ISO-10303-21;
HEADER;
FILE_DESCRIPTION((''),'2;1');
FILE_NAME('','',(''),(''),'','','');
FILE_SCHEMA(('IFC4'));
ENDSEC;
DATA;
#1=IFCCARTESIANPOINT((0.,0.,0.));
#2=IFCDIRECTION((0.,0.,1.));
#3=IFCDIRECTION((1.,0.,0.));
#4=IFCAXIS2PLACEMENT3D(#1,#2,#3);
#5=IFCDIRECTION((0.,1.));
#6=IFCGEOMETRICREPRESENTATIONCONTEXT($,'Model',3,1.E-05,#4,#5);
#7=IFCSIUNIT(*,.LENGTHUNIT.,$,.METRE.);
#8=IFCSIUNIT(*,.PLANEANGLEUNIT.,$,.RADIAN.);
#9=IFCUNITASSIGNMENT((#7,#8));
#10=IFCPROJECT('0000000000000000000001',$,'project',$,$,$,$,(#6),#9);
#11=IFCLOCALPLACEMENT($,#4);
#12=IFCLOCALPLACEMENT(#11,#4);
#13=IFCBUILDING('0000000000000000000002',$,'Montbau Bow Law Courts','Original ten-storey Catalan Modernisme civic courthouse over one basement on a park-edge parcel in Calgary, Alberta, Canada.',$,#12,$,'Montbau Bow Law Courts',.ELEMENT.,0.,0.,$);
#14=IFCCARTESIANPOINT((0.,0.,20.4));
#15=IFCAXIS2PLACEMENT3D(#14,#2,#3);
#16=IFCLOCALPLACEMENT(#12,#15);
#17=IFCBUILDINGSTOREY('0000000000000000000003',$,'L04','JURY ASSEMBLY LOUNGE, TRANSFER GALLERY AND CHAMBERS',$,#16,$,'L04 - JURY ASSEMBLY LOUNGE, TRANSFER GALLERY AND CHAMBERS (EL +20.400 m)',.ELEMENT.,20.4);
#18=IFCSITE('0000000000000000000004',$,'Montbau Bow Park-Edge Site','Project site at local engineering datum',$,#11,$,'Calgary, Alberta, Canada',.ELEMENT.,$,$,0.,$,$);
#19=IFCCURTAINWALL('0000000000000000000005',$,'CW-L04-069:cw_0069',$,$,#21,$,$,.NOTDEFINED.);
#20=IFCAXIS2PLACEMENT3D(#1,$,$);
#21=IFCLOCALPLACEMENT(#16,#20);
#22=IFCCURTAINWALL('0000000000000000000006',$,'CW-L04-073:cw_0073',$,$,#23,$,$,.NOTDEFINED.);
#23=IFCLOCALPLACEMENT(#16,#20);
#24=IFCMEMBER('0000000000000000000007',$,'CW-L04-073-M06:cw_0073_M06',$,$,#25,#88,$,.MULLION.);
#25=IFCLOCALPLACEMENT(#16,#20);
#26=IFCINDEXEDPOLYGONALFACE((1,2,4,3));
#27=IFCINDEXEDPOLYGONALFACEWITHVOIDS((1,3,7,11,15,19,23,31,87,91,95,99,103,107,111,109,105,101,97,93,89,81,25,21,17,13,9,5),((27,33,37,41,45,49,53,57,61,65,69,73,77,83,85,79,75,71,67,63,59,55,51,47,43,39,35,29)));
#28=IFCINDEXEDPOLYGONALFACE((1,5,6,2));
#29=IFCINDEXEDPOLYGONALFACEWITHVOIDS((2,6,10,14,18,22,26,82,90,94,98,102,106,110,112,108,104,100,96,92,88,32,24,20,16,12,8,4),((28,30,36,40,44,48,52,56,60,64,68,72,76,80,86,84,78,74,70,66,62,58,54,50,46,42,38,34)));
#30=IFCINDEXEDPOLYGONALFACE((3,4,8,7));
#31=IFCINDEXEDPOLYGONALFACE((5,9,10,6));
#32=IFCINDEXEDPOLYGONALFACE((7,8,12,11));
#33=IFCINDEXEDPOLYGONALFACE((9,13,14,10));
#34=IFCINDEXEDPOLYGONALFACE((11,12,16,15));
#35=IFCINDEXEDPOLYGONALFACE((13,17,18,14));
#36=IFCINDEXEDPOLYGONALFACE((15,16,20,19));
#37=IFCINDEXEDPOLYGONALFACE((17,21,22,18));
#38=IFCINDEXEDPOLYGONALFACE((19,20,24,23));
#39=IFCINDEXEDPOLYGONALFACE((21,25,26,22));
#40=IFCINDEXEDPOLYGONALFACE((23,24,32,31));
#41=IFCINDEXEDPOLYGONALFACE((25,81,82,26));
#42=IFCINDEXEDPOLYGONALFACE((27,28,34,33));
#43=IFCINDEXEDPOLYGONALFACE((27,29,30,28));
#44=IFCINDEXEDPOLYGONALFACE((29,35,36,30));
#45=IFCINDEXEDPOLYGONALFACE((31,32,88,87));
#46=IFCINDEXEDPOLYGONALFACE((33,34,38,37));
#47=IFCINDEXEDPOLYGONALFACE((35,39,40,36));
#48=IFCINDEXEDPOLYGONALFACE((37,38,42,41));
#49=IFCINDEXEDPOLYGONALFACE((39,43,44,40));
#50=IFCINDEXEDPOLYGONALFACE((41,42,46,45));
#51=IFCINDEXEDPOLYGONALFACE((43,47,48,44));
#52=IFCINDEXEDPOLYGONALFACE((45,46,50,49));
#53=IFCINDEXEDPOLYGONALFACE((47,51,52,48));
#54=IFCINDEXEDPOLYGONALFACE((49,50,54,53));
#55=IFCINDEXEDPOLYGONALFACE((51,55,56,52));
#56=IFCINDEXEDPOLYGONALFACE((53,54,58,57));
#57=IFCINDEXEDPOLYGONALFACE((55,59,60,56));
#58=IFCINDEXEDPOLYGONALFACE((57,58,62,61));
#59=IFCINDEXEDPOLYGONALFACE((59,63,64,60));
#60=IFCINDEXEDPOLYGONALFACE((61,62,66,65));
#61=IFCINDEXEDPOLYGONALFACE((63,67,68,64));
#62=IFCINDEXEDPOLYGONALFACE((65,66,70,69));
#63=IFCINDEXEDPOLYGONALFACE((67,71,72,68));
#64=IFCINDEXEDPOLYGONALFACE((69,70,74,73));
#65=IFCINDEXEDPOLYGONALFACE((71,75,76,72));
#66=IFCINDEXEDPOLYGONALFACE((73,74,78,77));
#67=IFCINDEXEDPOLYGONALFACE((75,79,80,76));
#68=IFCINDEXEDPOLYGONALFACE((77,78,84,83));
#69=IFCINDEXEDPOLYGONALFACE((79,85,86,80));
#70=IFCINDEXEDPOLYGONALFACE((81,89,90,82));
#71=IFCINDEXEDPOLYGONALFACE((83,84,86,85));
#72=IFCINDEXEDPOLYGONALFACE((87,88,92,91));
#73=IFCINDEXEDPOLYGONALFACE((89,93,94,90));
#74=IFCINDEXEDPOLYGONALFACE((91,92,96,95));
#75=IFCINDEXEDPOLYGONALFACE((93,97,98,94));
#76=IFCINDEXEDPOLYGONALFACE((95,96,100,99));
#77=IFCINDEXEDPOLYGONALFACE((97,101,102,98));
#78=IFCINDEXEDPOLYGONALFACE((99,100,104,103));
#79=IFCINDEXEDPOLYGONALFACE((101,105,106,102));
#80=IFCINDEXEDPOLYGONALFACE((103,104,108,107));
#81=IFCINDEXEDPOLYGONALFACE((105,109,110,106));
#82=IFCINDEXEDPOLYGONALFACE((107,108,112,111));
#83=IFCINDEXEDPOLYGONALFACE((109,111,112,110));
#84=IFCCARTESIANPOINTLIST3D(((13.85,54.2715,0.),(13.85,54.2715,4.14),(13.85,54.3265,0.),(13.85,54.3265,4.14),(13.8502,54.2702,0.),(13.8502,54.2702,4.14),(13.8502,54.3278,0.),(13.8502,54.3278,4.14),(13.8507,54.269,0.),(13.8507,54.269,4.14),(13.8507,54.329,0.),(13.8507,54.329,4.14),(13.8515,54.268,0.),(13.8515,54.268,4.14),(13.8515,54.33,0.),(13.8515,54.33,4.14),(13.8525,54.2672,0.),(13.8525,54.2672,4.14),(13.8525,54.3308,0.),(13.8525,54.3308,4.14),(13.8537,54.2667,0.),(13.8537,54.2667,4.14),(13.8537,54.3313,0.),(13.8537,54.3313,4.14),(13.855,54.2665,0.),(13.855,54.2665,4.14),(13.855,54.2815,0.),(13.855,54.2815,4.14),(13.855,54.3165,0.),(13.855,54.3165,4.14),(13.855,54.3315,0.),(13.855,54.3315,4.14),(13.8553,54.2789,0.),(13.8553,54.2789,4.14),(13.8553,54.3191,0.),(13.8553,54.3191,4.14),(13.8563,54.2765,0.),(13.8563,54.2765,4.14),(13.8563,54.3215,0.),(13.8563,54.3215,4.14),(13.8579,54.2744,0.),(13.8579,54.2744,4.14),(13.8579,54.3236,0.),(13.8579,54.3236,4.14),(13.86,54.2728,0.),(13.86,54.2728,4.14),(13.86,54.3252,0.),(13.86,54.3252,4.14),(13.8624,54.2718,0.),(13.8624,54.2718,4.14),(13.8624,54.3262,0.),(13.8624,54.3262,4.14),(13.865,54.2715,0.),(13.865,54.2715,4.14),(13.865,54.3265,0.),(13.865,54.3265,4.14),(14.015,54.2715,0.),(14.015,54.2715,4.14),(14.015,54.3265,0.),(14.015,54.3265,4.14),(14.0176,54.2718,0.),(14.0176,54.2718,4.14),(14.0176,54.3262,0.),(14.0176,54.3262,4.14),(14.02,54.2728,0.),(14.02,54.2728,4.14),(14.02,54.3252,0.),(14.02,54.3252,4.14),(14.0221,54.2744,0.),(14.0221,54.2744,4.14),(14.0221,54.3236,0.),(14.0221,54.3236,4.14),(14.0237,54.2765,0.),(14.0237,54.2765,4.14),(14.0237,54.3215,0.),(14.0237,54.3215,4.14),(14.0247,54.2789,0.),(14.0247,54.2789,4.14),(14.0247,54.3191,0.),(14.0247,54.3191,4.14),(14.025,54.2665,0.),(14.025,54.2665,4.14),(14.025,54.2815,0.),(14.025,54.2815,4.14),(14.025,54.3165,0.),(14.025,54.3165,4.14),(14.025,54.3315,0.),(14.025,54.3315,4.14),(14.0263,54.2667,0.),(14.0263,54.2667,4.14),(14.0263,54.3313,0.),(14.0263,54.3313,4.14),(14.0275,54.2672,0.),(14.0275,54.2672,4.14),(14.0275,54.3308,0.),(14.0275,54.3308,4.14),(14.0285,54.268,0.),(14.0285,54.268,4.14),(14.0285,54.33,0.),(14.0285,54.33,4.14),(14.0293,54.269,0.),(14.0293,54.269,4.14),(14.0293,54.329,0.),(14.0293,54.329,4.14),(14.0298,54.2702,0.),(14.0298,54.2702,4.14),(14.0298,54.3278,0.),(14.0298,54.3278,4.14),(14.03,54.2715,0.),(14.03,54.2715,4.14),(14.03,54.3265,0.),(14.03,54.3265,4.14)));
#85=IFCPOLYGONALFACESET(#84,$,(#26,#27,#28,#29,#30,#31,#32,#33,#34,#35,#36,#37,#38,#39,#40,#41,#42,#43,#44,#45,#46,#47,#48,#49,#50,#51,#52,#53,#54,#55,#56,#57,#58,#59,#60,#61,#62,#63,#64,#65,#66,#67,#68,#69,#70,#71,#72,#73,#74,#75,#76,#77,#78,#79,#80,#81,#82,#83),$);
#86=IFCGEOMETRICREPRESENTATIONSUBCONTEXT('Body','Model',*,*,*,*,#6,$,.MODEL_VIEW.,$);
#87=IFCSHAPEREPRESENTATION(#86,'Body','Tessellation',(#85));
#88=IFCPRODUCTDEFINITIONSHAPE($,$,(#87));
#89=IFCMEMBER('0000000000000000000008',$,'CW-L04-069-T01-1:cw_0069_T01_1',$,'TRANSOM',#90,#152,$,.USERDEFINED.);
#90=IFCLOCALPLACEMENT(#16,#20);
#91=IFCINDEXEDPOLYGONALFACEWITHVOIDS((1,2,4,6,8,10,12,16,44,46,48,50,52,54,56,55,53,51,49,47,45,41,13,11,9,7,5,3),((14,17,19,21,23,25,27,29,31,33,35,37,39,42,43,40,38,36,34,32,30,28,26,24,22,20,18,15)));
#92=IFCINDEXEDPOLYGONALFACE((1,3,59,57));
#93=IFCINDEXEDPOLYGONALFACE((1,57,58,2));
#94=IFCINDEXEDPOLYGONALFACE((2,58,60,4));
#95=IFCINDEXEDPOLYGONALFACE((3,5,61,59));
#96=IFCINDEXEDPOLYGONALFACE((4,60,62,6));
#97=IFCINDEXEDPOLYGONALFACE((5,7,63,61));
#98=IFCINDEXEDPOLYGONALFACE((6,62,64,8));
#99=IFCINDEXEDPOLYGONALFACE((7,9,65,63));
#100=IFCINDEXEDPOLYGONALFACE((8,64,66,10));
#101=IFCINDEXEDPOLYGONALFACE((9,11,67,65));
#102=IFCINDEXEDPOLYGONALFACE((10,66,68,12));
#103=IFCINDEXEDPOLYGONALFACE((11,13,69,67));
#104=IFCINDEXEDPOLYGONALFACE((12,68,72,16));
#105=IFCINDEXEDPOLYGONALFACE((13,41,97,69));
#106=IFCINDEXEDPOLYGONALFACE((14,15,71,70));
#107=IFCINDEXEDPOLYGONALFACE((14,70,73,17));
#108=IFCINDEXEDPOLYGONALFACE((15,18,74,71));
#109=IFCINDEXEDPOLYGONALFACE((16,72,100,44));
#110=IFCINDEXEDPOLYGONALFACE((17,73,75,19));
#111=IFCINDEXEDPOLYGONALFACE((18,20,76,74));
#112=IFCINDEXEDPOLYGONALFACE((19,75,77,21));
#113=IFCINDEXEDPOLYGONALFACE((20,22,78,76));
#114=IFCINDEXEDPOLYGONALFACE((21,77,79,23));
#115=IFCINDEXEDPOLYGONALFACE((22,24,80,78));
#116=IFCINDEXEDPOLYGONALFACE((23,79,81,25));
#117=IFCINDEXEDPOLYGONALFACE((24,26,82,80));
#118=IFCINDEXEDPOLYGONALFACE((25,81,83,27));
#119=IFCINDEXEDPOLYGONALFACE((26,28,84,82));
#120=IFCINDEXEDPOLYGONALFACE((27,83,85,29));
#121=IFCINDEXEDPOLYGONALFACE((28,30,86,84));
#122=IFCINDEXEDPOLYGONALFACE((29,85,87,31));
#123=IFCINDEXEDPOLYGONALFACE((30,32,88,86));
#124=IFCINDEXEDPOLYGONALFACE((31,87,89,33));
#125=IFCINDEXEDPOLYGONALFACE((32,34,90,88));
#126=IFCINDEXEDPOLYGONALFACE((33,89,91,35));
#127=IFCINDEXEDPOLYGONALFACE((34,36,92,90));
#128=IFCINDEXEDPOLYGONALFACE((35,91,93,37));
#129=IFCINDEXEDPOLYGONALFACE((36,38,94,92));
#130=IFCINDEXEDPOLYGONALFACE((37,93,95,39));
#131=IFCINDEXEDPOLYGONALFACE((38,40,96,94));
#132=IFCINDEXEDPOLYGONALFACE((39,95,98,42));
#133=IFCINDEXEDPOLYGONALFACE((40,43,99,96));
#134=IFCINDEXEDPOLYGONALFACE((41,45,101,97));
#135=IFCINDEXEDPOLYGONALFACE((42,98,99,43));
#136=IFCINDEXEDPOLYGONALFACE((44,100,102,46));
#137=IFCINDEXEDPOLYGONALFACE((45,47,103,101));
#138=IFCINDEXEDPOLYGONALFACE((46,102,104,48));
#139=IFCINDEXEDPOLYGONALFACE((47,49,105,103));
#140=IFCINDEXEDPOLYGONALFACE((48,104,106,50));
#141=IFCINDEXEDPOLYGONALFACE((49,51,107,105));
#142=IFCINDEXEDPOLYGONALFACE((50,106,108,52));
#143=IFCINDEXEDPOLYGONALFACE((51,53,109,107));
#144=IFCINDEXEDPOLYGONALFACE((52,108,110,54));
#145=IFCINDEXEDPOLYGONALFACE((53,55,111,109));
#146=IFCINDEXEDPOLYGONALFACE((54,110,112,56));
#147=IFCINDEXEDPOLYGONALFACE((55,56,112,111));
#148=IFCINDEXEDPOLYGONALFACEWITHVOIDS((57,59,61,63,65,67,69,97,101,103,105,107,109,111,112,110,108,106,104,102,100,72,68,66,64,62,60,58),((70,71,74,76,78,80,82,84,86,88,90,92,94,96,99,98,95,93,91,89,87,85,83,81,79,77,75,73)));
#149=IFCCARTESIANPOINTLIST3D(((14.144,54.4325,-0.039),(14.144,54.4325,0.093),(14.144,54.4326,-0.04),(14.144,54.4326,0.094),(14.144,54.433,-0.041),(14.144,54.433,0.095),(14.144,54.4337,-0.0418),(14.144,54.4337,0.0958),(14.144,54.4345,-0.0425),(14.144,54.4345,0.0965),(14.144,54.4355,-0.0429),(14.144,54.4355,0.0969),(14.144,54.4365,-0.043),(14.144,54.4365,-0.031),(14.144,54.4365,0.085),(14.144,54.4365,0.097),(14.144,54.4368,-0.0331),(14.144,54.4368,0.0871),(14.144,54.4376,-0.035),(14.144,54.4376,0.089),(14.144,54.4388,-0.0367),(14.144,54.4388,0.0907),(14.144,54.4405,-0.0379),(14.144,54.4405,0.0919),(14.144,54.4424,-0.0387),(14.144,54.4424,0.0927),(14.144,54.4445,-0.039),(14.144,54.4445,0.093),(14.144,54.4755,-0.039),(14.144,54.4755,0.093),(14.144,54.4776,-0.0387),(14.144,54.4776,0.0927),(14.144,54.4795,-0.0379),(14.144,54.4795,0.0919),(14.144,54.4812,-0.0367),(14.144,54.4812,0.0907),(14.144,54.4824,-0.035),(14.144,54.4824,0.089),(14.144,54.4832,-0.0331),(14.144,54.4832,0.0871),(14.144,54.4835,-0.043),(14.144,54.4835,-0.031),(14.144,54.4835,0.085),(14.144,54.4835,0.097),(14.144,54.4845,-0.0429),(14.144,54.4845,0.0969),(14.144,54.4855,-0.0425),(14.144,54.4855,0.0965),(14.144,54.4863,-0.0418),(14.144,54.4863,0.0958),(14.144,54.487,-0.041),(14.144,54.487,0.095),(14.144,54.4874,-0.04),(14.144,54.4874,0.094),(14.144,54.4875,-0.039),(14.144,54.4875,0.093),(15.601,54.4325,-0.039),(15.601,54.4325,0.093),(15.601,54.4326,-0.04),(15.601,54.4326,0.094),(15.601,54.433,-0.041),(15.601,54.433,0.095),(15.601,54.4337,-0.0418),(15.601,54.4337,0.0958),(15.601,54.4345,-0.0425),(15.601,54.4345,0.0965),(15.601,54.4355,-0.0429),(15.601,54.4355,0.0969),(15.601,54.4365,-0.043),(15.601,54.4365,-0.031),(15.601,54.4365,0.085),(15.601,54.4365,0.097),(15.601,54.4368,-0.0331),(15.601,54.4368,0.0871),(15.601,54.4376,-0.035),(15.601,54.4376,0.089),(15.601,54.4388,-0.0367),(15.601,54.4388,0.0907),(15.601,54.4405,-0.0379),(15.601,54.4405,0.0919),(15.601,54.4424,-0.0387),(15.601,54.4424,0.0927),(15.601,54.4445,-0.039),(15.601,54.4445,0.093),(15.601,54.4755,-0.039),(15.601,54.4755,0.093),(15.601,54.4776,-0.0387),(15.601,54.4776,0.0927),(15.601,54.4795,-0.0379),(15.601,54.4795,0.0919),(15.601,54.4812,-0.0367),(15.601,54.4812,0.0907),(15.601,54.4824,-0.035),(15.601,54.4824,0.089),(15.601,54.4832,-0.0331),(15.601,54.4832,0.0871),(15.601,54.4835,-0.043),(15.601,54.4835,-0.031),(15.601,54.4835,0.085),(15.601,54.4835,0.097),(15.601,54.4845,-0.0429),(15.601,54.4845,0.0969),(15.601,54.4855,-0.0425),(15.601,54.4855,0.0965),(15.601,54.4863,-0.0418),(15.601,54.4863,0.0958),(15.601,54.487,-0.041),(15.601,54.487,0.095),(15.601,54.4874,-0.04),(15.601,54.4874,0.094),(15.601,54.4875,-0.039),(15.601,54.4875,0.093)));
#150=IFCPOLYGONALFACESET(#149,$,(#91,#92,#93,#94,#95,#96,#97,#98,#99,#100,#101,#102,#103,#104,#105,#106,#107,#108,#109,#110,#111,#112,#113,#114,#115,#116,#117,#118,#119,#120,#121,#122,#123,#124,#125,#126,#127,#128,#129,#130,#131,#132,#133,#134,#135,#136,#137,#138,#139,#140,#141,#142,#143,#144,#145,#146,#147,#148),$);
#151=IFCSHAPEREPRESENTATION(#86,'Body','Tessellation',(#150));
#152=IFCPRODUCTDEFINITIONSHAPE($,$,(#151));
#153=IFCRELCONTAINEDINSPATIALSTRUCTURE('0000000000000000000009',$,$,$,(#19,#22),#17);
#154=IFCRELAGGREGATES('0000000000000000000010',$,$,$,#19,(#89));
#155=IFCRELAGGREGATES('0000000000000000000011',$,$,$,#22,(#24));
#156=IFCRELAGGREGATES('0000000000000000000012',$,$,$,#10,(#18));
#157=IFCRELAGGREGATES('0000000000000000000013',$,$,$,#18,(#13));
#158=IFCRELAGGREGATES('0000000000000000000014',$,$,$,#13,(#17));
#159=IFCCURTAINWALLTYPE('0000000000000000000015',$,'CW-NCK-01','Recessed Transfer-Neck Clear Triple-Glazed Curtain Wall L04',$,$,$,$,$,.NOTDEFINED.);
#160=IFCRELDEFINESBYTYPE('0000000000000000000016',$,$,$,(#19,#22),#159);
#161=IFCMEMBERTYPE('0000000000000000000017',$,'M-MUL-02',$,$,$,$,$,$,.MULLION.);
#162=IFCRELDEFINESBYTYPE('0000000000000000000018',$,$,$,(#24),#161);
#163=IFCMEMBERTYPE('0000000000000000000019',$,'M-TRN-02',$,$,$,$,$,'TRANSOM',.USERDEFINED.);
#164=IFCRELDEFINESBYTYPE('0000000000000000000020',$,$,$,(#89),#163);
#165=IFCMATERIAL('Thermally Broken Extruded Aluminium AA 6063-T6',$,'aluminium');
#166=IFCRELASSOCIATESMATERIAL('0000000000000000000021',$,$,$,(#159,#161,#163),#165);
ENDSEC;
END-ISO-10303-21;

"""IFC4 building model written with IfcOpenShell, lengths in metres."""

from ifc_helpers import new_model, si_unit, direction, frame, origin_with_axes, origin_2d_with_axis, place, context, subcontext, project, spatial, hollow_rectangle, extrude, material, material_profile, profile_set, type_object, element, aggregate, save


model = new_model("IFC4")

# Units and contexts
model_context = context("Model", 3, precision=1e-05, world=origin_with_axes(), true_north=direction((0.0, 1.0)))
body_context = subcontext(model_context, "Body", "Model", "MODEL_VIEW")
ifc_project = project(units=[si_unit("LENGTHUNIT", "METRE"), si_unit("PLANEANGLEUNIT", "RADIAN")], contexts=[model_context])

# Site, building, storey
site_placement = place(None, origin_with_axes())
site = spatial("IfcSite", under=ifc_project, at=site_placement, Name="Montbau Bow Park-Edge Site", Description="Project site at local engineering datum", LongName="Calgary, Alberta, Canada", CompositionType="ELEMENT", RefElevation=0.0)
building_placement = place(site_placement, origin_with_axes())
building = spatial("IfcBuilding", under=site, at=building_placement, Name="Montbau Bow Law Courts", Description="Original ten-storey Catalan Modernisme civic courthouse over one basement on a park-edge parcel in Calgary, Alberta, Canada.", LongName="Montbau Bow Law Courts", CompositionType="ELEMENT", ElevationOfRefHeight=0.0, ElevationOfTerrain=0.0)
storey_placement = place(building_placement, frame((0.0, 0.0, 20.4), z_axis=(0.0, 0.0, 1.0), x_axis=(1.0, 0.0, 0.0)))
storey = spatial("IfcBuildingStorey", under=building, at=storey_placement, Name="L04", Description="JURY ASSEMBLY LOUNGE, TRANSFER GALLERY AND CHAMBERS", LongName="L04 - JURY ASSEMBLY LOUNGE, TRANSFER GALLERY AND CHAMBERS (EL +20.400 m)", CompositionType="ELEMENT", Elevation=20.4)

# Curtain walls, member
ifc_material_1 = material(Name="Thermally Broken Extruded Aluminium AA 6063-T6", Category="aluminium")
curtain_wall_type = type_object("IfcCurtainWallType", Name="CW-NCK-01", Description="Recessed Transfer-Neck Clear Triple-Glazed Curtain Wall L04", PredefinedType="NOTDEFINED", material=ifc_material_1)
curtain_wall_1_placement = place(None, frame((14.068, 54.46, 20.4), z_axis=(0.0, 0.0, 1.0), x_axis=(1.0, 0.0, 0.0)))
curtain_wall_1 = element("IfcCurtainWall", 1, at=curtain_wall_1_placement, inside=storey, type_object=curtain_wall_type, Name="CW-L04-069:cw_0069", PredefinedType="NOTDEFINED")
curtain_wall_2_placement = place(None, frame((13.94, 46.468, 20.4), z_axis=(0.0, 0.0, 1.0), x_axis=(1.0, 0.0, 0.0)))
curtain_wall_2 = element("IfcCurtainWall", 2, at=curtain_wall_2_placement, inside=storey, type_object=curtain_wall_type, Name="CW-L04-073:cw_0073", PredefinedType="NOTDEFINED")
ifc_material_profile_1 = material_profile(ifc_material_1, hollow_rectangle(XDim=0.065, YDim=0.18, WallThickness=0.005, InnerFilletRadius=0.01, OuterFilletRadius=0.005, at=origin_2d_with_axis()), Name="CWM-180X65", Category="Main", Priority=0)
ifc_profile_set_1 = profile_set([ifc_material_profile_1], Name="Thermally Broken Extruded Aluminium AA 6063-T6")
member_type_1 = type_object("IfcMemberType", Name="M-MUL-02", PredefinedType="MULLION", material=ifc_profile_set_1)
member_1_placement = place(None, frame((13.94, 54.299, 20.4), z_axis=(0.0, 0.0, 1.0), x_axis=(0.0, 1.0, 0.0)))
member_1 = element("IfcMember", 3, at=member_1_placement, type_object=member_type_1, Name="CW-L04-073-M06:cw_0073_M06", PredefinedType="MULLION", context=body_context, shape_type="SweptSolid", body=[
    extrude(hollow_rectangle(XDim=0.065, YDim=0.18, WallThickness=0.005, InnerFilletRadius=0.01, OuterFilletRadius=0.005, at=origin_2d_with_axis()), origin_with_axes(), (0.0, 0.0, 1.0), 4.14),
])

# Member
ifc_material_profile_2 = material_profile(ifc_material_1, hollow_rectangle(XDim=0.055, YDim=0.14, WallThickness=0.004, InnerFilletRadius=0.008, OuterFilletRadius=0.004, at=origin_2d_with_axis()), Name="CWT-140X55", Category="Main", Priority=0)
ifc_profile_set_2 = profile_set([ifc_material_profile_2], Name="Thermally Broken Extruded Aluminium AA 6063-T6")
member_type_2 = type_object("IfcMemberType", Name="M-TRN-02", ElementType="TRANSOM", PredefinedType="USERDEFINED", material=ifc_profile_set_2)
member_2_placement = place(None, frame((14.144, 54.46, 20.427), z_axis=(1.0, 0.0, 0.0), x_axis=(0.0, 1.0, 0.0)))
member_2 = element("IfcMember", 4, at=member_2_placement, type_object=member_type_2, Name="CW-L04-069-T01-1:cw_0069_T01_1", ObjectType="TRANSOM", PredefinedType="USERDEFINED", context=body_context, shape_type="SweptSolid", body=[
    extrude(hollow_rectangle(XDim=0.055, YDim=0.14, WallThickness=0.004, InnerFilletRadius=0.008, OuterFilletRadius=0.004, at=origin_2d_with_axis()), origin_with_axes(), (0.0, 0.0, 1.0), 1.457),
])

aggregate(curtain_wall_1, [member_2])
aggregate(curtain_wall_2, [member_1])

save(model, "model.ifc")
